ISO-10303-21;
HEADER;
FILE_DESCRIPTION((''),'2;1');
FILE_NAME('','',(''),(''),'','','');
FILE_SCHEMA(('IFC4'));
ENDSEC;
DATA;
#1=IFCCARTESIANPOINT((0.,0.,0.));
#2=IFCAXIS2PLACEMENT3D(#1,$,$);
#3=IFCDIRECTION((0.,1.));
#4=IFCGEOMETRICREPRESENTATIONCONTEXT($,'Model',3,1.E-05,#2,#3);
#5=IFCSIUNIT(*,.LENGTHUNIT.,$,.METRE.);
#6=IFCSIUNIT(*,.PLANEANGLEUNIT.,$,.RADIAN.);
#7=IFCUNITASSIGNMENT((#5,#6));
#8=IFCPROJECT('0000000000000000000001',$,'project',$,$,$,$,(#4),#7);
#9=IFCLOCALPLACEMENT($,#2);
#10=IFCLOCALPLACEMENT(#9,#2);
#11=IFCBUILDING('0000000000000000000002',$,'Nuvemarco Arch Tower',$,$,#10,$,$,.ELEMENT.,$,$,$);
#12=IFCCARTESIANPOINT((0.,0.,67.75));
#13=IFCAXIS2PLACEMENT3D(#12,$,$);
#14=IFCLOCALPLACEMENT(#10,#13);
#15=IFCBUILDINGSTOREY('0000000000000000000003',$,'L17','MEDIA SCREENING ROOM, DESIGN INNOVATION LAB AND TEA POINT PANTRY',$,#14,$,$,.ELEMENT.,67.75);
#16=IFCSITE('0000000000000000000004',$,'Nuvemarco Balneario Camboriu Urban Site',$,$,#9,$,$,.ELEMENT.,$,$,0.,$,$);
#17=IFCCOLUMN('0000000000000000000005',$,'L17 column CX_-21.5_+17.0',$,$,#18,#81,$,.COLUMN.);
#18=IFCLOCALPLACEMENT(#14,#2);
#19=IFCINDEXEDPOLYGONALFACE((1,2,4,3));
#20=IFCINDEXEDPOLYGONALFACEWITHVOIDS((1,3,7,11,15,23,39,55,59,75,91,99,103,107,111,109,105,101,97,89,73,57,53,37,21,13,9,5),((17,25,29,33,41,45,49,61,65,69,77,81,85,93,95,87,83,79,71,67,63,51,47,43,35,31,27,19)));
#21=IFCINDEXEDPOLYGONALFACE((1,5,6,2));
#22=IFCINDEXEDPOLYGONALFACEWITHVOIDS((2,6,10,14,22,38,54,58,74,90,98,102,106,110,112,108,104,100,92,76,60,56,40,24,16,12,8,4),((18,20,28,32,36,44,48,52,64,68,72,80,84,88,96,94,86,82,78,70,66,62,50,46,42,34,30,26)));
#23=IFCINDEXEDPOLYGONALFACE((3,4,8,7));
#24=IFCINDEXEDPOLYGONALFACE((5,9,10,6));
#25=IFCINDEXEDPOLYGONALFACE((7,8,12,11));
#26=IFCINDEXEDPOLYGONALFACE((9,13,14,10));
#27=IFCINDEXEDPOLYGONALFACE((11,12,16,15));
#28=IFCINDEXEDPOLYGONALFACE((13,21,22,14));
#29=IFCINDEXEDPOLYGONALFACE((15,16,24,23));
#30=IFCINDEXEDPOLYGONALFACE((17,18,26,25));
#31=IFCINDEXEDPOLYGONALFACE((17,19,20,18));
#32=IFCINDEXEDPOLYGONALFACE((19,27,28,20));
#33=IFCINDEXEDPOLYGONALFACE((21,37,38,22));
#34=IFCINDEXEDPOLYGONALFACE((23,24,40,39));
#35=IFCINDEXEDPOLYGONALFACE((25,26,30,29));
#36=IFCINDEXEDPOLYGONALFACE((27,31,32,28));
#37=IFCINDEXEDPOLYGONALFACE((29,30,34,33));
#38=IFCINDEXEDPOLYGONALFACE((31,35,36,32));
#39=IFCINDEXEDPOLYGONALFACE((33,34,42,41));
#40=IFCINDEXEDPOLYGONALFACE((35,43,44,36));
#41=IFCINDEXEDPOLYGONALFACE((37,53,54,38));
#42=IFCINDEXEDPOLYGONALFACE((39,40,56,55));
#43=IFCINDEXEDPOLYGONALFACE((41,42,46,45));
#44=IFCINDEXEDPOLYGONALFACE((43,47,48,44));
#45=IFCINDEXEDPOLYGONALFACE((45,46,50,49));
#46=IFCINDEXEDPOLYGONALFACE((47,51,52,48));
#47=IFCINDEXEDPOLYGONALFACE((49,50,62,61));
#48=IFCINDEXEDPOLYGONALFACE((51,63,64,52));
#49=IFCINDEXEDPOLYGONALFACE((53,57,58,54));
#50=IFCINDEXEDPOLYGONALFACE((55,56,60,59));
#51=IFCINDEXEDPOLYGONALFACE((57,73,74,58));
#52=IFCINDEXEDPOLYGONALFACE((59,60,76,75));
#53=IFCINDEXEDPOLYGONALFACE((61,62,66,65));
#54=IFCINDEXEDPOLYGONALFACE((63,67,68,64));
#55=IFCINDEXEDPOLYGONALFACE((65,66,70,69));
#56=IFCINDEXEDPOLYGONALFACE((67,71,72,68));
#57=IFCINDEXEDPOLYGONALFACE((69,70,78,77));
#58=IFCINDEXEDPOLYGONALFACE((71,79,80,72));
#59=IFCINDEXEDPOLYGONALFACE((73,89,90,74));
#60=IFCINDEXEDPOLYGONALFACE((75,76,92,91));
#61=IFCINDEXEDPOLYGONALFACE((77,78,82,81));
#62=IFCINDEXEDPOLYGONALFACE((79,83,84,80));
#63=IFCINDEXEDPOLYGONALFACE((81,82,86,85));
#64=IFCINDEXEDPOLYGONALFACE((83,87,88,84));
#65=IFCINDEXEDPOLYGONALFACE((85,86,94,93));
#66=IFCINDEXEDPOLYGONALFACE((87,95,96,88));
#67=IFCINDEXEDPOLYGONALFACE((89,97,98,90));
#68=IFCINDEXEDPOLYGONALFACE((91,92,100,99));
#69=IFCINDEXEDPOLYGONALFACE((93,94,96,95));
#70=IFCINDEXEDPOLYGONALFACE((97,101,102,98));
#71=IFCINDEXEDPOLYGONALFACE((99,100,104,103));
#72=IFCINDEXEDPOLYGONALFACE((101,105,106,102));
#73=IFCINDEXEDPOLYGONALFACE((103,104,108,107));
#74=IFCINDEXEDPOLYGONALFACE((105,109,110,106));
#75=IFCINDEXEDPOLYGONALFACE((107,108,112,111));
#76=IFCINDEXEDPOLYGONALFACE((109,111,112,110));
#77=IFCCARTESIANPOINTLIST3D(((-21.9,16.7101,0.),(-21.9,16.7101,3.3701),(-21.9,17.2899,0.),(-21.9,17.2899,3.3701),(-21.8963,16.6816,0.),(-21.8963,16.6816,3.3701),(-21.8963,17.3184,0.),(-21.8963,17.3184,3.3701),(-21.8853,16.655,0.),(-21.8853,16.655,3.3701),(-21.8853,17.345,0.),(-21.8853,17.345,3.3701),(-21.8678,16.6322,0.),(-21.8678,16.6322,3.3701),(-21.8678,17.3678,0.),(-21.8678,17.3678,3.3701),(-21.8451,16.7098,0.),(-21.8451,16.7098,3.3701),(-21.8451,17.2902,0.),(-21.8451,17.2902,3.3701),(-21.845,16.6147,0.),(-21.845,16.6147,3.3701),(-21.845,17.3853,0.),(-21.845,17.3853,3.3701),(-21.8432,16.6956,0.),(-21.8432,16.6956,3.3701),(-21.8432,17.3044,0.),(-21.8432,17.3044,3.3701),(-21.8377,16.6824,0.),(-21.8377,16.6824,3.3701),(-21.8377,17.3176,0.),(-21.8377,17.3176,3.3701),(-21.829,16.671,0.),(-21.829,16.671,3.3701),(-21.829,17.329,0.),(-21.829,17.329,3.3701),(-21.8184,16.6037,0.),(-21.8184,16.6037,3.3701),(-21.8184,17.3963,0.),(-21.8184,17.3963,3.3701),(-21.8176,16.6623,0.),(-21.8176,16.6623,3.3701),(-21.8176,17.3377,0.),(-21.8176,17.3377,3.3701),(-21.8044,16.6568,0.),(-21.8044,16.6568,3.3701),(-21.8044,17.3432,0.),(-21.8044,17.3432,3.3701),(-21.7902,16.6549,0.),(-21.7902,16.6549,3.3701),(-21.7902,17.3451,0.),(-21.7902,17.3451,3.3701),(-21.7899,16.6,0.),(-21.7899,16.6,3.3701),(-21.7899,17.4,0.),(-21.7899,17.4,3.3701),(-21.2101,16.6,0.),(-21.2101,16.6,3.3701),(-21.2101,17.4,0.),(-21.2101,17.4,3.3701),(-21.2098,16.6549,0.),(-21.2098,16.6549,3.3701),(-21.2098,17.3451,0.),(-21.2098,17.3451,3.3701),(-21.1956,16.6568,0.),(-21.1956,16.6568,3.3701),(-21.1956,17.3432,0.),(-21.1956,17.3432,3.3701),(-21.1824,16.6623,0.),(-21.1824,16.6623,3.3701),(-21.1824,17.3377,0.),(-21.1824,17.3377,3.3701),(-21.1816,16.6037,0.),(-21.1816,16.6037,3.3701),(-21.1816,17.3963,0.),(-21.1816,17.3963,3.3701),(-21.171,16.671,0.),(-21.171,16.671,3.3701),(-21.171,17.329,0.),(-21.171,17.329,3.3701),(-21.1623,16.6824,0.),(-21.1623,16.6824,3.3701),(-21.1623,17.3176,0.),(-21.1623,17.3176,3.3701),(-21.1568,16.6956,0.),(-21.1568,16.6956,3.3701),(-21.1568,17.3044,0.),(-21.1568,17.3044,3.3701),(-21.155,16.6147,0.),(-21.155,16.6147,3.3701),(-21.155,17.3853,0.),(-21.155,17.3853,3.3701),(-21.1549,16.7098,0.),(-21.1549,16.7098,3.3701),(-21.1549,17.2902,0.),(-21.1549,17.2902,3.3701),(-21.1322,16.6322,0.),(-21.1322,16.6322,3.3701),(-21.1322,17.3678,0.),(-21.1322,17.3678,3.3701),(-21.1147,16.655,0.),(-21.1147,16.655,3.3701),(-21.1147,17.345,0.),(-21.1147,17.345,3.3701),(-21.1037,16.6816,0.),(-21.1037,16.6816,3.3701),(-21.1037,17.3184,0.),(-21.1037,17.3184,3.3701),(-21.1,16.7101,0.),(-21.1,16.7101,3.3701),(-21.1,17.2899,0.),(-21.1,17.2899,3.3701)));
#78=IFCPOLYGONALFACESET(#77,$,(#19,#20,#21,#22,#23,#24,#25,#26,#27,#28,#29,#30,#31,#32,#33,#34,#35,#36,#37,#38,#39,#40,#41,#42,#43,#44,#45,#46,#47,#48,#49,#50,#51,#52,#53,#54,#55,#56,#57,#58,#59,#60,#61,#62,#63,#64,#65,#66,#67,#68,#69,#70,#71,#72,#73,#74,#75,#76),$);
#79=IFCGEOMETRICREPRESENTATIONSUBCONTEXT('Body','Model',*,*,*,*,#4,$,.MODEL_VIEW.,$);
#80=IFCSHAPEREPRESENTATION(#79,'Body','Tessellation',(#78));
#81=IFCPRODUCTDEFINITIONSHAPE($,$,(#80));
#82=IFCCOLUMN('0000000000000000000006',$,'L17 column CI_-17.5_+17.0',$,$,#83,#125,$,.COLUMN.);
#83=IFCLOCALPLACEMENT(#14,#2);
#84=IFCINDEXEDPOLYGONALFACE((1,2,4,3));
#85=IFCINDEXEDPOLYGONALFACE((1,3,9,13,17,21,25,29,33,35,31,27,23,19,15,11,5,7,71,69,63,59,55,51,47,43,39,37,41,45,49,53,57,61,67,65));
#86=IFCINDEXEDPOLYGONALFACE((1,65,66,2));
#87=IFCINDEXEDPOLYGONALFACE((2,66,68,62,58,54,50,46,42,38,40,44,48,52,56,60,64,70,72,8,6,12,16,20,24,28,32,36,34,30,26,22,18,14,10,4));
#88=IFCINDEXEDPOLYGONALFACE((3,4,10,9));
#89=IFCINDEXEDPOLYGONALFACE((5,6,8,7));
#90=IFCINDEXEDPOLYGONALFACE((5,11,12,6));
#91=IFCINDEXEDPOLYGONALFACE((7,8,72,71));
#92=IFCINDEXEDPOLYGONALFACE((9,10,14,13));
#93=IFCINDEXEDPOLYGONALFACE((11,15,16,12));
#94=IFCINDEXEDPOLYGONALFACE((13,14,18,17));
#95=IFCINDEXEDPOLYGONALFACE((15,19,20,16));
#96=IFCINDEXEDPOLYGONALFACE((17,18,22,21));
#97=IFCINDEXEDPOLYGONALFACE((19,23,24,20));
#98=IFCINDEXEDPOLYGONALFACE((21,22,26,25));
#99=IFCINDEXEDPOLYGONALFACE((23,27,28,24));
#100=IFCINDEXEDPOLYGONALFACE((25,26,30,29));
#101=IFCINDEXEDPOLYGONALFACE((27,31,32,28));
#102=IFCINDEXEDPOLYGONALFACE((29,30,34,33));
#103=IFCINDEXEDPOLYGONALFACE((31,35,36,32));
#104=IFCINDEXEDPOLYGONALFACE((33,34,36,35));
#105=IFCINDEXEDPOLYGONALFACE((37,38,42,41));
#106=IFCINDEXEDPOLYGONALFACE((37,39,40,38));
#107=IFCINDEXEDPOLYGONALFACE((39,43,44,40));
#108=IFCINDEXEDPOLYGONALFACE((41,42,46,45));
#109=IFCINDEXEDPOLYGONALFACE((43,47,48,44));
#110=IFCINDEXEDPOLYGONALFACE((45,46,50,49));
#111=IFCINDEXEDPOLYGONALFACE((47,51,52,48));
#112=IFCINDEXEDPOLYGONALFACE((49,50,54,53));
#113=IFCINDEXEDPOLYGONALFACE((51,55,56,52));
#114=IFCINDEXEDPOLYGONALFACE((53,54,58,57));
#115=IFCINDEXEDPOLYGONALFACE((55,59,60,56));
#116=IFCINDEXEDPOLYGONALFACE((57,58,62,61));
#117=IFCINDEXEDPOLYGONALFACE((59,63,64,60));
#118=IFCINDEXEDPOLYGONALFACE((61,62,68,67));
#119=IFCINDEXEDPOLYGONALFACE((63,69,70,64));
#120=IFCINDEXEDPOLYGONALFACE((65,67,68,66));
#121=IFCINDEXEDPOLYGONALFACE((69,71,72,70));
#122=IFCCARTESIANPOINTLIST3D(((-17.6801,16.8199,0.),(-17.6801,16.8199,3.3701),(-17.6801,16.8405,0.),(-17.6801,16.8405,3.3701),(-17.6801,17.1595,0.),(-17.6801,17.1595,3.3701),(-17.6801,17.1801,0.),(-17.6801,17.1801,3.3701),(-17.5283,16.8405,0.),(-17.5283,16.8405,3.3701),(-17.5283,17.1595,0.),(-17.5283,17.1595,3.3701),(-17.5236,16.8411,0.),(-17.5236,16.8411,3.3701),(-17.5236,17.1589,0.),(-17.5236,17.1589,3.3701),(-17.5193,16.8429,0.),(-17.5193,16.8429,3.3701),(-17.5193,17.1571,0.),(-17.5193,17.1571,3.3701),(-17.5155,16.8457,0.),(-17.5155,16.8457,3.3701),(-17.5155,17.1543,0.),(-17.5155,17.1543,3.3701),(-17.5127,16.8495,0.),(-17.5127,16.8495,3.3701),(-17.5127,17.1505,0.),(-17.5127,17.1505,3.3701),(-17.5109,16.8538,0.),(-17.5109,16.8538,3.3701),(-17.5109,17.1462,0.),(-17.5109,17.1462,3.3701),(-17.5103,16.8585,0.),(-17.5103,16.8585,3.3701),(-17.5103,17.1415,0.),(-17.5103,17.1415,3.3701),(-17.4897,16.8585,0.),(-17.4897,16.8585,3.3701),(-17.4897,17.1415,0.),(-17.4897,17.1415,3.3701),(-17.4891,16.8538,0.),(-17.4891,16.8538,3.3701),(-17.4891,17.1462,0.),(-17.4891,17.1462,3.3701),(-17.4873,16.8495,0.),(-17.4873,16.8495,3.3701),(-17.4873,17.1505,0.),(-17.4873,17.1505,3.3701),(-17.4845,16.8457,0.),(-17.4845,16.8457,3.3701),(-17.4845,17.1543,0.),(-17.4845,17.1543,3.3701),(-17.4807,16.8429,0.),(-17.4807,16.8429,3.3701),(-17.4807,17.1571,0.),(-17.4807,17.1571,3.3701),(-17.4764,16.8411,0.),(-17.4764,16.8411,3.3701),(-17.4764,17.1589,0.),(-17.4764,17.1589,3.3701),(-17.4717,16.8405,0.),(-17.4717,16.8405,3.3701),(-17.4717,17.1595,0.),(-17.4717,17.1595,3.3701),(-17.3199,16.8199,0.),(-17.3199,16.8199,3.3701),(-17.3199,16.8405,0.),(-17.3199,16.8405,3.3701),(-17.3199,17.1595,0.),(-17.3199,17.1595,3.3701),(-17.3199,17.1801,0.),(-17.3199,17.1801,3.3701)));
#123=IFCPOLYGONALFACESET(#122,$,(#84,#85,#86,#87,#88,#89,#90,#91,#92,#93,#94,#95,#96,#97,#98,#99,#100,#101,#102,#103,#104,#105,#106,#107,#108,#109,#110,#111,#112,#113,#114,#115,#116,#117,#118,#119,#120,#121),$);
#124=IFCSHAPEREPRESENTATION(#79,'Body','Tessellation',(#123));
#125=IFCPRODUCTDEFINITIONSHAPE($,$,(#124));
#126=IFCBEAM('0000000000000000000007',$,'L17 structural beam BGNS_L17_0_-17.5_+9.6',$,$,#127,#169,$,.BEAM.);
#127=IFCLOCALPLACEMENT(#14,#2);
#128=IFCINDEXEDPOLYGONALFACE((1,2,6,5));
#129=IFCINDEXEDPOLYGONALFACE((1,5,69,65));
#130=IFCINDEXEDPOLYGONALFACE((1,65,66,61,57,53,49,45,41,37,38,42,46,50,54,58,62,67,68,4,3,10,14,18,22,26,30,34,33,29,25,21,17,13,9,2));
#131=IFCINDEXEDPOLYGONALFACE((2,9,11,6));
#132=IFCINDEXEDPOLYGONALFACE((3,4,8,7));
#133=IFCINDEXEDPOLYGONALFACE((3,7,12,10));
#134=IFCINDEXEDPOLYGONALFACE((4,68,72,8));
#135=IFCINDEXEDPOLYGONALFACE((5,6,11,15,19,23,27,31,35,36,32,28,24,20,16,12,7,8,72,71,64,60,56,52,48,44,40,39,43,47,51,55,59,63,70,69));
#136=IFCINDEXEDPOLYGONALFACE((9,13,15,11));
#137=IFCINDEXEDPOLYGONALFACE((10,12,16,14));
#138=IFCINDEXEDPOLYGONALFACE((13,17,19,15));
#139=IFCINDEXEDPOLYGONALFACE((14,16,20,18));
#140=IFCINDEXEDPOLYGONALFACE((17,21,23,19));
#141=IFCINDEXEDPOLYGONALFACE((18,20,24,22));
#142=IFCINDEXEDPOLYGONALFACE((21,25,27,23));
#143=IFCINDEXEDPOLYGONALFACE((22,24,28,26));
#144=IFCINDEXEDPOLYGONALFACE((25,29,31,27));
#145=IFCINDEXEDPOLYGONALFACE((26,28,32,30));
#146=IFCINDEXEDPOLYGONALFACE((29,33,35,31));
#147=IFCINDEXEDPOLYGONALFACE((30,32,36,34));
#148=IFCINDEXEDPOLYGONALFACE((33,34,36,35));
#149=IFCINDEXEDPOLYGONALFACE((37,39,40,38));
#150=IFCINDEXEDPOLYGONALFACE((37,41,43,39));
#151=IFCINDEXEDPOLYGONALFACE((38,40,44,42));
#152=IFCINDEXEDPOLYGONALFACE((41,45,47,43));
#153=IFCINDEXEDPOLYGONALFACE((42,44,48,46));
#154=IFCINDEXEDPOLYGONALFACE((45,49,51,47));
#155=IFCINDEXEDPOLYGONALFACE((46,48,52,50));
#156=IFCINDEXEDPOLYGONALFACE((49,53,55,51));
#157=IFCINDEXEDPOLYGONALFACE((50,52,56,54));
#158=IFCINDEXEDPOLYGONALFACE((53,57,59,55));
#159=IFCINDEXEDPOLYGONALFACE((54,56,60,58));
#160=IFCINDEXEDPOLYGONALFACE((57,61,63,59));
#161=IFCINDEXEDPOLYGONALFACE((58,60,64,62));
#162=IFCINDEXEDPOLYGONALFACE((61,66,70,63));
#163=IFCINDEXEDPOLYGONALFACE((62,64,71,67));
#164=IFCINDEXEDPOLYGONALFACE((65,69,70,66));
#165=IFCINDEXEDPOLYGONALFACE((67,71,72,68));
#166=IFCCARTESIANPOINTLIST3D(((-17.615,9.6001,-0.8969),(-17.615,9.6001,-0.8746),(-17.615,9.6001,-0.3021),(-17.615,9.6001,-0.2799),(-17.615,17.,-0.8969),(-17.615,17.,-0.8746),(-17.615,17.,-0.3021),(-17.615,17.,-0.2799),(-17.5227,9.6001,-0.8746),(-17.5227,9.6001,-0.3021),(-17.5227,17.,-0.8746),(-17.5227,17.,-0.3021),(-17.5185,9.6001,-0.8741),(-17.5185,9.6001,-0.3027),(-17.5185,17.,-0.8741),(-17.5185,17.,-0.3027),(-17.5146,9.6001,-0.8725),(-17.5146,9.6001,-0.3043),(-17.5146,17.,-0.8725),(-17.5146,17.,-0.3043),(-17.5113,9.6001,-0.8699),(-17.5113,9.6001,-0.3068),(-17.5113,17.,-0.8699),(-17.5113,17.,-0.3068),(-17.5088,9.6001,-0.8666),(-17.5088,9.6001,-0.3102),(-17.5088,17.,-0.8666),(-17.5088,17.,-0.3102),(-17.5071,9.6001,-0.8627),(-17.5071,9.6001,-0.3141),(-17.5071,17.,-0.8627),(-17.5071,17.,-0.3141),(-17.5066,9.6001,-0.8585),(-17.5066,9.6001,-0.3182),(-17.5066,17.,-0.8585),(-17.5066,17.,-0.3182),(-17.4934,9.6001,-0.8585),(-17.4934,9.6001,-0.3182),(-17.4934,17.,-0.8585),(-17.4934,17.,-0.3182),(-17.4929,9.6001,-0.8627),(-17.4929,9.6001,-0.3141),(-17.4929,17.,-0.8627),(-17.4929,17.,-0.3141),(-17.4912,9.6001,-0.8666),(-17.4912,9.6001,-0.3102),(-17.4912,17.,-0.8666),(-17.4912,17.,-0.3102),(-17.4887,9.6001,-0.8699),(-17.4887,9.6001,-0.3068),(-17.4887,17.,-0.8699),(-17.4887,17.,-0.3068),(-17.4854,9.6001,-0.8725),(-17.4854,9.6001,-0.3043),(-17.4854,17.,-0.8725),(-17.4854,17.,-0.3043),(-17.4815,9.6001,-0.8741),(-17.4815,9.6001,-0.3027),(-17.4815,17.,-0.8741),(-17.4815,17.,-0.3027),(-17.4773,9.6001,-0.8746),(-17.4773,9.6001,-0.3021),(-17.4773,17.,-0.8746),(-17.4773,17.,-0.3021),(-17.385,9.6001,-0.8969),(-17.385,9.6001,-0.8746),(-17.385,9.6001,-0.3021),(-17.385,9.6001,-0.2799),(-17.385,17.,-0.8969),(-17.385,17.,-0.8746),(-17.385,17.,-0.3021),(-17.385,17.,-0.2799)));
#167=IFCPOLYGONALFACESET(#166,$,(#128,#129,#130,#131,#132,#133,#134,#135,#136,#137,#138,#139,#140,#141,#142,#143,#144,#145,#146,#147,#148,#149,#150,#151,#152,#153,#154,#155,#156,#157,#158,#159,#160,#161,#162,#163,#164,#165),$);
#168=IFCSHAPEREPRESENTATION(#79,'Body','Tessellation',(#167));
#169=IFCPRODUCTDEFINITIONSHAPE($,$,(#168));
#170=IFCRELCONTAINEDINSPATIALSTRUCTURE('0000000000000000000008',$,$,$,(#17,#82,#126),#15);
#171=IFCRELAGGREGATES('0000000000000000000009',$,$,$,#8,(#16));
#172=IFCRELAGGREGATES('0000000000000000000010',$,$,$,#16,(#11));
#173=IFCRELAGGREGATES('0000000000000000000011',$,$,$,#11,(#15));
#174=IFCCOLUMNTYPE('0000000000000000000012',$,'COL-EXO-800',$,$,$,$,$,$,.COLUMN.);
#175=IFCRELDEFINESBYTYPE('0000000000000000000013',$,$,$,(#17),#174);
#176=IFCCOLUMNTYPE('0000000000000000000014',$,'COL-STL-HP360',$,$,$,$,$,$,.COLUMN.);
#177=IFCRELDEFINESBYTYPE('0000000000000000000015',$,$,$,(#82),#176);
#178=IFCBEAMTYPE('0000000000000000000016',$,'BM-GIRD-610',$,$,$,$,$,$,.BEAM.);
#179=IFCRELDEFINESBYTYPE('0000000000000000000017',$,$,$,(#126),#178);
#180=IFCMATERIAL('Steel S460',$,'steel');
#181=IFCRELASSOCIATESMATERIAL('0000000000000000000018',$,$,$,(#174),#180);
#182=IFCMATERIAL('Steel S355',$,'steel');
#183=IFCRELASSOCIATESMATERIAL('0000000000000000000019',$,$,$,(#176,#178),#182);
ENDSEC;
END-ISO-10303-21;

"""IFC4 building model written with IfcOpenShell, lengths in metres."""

from ifc_helpers import new_model, si_unit, direction, frame, origin, origin_2d, place, context, subcontext, project, spatial, hollow_rectangle, i_section, extrude, material, material_profile, profile_set, type_object, element, save


model = new_model("IFC4")

# Units and contexts
model_context = context("Model", 3, precision=1e-05, world=origin(), true_north=direction((0.0, 1.0)))
body_context = subcontext(model_context, "Body", "Model", "MODEL_VIEW")
ifc_project = project(units=[si_unit("LENGTHUNIT", "METRE"), si_unit("PLANEANGLEUNIT", "RADIAN")], contexts=[model_context])

# Site, building, storey
site_placement = place(None, origin())
site = spatial("IfcSite", under=ifc_project, at=site_placement, Name="Nuvemarco Balneario Camboriu Urban Site", CompositionType="ELEMENT", RefElevation=0.0)
building_placement = place(site_placement, origin())
building = spatial("IfcBuilding", under=site, at=building_placement, Name="Nuvemarco Arch Tower", CompositionType="ELEMENT")
storey_placement = place(building_placement, frame((0.0, 0.0, 67.75)))
storey = spatial("IfcBuildingStorey", under=building, at=storey_placement, Name="L17", Description="MEDIA SCREENING ROOM, DESIGN INNOVATION LAB AND TEA POINT PANTRY", CompositionType="ELEMENT", Elevation=67.75)

# Columns
ifc_material_1 = material(Name="Steel S460", Category="steel")
ifc_material_profile_1 = material_profile(ifc_material_1, hollow_rectangle(XDim=0.8, YDim=0.8, WallThickness=0.0549, InnerFilletRadius=0.0549, OuterFilletRadius=0.1101, at=origin_2d()), Name="SHS800x800x55")
ifc_profile_set_1 = profile_set([ifc_material_profile_1], Name="Steel S460")
column_type_1 = type_object("IfcColumnType", Name="COL-EXO-800", PredefinedType="COLUMN", material=ifc_profile_set_1)
column_1_placement = place(storey_placement, frame((-21.5, 17.0, 0.0), z_axis=(0.0, 0.0, 1.0), x_axis=(1.0, 0.0, 0.0)))
element("IfcColumn", 1, at=column_1_placement, inside=storey, type_object=column_type_1, Name="L17 column CX_-21.5_+17.0", PredefinedType="COLUMN", context=body_context, shape_type="SweptSolid", body=[
    extrude(hollow_rectangle(XDim=0.8, YDim=0.8, WallThickness=0.0549, InnerFilletRadius=0.0549, OuterFilletRadius=0.1101, at=origin_2d()), origin(), (0.0, 0.0, 1.0), 3.3701),
])
ifc_material_2 = material(Name="Steel S355", Category="steel")
ifc_material_profile_2 = material_profile(ifc_material_2, i_section(OverallWidth=0.3601, OverallDepth=0.3601, WebThickness=0.0205, FlangeThickness=0.0205, FilletRadius=0.0181, at=origin_2d()), Name="HP360x174")
ifc_profile_set_2 = profile_set([ifc_material_profile_2], Name="Steel S355")
column_type_2 = type_object("IfcColumnType", Name="COL-STL-HP360", PredefinedType="COLUMN", material=ifc_profile_set_2)
column_2_placement = place(storey_placement, frame((-17.5, 17.0, 0.0), z_axis=(0.0, 0.0, 1.0), x_axis=(1.0, 0.0, 0.0)))
element("IfcColumn", 2, at=column_2_placement, inside=storey, type_object=column_type_2, Name="L17 column CI_-17.5_+17.0", PredefinedType="COLUMN", context=body_context, shape_type="SweptSolid", body=[
    extrude(i_section(OverallWidth=0.3601, OverallDepth=0.3601, WebThickness=0.0205, FlangeThickness=0.0205, FilletRadius=0.0181, at=origin_2d()), origin(), (0.0, 0.0, 1.0), 3.3701),
])

# Beam
ifc_material_profile_3 = material_profile(ifc_material_2, i_section(OverallWidth=0.23, OverallDepth=0.6169, WebThickness=0.0132, FlangeThickness=0.0222, FilletRadius=0.0161, at=origin_2d()), Name="W610x140")
ifc_profile_set_3 = profile_set([ifc_material_profile_3], Name="Steel S355")
beam_type_1 = type_object("IfcBeamType", Name="BM-GIRD-610", PredefinedType="BEAM", material=ifc_profile_set_3)
beam_1_placement = place(storey_placement, frame((-17.5, 9.6001, -0.5884), z_axis=(0.0, 1.0, 0.0), x_axis=(-1.0, 0.0, 0.0)))
element("IfcBeam", 3, at=beam_1_placement, inside=storey, type_object=beam_type_1, Name="L17 structural beam BGNS_L17_0_-17.5_+9.6", PredefinedType="BEAM", context=body_context, shape_type="SweptSolid", body=[
    extrude(i_section(OverallWidth=0.23, OverallDepth=0.6169, WebThickness=0.0132, FlangeThickness=0.0222, FilletRadius=0.0161, at=origin_2d()), origin(), (0.0, 0.0, 1.0), 7.3999),
])

save(model, "model.ifc")
